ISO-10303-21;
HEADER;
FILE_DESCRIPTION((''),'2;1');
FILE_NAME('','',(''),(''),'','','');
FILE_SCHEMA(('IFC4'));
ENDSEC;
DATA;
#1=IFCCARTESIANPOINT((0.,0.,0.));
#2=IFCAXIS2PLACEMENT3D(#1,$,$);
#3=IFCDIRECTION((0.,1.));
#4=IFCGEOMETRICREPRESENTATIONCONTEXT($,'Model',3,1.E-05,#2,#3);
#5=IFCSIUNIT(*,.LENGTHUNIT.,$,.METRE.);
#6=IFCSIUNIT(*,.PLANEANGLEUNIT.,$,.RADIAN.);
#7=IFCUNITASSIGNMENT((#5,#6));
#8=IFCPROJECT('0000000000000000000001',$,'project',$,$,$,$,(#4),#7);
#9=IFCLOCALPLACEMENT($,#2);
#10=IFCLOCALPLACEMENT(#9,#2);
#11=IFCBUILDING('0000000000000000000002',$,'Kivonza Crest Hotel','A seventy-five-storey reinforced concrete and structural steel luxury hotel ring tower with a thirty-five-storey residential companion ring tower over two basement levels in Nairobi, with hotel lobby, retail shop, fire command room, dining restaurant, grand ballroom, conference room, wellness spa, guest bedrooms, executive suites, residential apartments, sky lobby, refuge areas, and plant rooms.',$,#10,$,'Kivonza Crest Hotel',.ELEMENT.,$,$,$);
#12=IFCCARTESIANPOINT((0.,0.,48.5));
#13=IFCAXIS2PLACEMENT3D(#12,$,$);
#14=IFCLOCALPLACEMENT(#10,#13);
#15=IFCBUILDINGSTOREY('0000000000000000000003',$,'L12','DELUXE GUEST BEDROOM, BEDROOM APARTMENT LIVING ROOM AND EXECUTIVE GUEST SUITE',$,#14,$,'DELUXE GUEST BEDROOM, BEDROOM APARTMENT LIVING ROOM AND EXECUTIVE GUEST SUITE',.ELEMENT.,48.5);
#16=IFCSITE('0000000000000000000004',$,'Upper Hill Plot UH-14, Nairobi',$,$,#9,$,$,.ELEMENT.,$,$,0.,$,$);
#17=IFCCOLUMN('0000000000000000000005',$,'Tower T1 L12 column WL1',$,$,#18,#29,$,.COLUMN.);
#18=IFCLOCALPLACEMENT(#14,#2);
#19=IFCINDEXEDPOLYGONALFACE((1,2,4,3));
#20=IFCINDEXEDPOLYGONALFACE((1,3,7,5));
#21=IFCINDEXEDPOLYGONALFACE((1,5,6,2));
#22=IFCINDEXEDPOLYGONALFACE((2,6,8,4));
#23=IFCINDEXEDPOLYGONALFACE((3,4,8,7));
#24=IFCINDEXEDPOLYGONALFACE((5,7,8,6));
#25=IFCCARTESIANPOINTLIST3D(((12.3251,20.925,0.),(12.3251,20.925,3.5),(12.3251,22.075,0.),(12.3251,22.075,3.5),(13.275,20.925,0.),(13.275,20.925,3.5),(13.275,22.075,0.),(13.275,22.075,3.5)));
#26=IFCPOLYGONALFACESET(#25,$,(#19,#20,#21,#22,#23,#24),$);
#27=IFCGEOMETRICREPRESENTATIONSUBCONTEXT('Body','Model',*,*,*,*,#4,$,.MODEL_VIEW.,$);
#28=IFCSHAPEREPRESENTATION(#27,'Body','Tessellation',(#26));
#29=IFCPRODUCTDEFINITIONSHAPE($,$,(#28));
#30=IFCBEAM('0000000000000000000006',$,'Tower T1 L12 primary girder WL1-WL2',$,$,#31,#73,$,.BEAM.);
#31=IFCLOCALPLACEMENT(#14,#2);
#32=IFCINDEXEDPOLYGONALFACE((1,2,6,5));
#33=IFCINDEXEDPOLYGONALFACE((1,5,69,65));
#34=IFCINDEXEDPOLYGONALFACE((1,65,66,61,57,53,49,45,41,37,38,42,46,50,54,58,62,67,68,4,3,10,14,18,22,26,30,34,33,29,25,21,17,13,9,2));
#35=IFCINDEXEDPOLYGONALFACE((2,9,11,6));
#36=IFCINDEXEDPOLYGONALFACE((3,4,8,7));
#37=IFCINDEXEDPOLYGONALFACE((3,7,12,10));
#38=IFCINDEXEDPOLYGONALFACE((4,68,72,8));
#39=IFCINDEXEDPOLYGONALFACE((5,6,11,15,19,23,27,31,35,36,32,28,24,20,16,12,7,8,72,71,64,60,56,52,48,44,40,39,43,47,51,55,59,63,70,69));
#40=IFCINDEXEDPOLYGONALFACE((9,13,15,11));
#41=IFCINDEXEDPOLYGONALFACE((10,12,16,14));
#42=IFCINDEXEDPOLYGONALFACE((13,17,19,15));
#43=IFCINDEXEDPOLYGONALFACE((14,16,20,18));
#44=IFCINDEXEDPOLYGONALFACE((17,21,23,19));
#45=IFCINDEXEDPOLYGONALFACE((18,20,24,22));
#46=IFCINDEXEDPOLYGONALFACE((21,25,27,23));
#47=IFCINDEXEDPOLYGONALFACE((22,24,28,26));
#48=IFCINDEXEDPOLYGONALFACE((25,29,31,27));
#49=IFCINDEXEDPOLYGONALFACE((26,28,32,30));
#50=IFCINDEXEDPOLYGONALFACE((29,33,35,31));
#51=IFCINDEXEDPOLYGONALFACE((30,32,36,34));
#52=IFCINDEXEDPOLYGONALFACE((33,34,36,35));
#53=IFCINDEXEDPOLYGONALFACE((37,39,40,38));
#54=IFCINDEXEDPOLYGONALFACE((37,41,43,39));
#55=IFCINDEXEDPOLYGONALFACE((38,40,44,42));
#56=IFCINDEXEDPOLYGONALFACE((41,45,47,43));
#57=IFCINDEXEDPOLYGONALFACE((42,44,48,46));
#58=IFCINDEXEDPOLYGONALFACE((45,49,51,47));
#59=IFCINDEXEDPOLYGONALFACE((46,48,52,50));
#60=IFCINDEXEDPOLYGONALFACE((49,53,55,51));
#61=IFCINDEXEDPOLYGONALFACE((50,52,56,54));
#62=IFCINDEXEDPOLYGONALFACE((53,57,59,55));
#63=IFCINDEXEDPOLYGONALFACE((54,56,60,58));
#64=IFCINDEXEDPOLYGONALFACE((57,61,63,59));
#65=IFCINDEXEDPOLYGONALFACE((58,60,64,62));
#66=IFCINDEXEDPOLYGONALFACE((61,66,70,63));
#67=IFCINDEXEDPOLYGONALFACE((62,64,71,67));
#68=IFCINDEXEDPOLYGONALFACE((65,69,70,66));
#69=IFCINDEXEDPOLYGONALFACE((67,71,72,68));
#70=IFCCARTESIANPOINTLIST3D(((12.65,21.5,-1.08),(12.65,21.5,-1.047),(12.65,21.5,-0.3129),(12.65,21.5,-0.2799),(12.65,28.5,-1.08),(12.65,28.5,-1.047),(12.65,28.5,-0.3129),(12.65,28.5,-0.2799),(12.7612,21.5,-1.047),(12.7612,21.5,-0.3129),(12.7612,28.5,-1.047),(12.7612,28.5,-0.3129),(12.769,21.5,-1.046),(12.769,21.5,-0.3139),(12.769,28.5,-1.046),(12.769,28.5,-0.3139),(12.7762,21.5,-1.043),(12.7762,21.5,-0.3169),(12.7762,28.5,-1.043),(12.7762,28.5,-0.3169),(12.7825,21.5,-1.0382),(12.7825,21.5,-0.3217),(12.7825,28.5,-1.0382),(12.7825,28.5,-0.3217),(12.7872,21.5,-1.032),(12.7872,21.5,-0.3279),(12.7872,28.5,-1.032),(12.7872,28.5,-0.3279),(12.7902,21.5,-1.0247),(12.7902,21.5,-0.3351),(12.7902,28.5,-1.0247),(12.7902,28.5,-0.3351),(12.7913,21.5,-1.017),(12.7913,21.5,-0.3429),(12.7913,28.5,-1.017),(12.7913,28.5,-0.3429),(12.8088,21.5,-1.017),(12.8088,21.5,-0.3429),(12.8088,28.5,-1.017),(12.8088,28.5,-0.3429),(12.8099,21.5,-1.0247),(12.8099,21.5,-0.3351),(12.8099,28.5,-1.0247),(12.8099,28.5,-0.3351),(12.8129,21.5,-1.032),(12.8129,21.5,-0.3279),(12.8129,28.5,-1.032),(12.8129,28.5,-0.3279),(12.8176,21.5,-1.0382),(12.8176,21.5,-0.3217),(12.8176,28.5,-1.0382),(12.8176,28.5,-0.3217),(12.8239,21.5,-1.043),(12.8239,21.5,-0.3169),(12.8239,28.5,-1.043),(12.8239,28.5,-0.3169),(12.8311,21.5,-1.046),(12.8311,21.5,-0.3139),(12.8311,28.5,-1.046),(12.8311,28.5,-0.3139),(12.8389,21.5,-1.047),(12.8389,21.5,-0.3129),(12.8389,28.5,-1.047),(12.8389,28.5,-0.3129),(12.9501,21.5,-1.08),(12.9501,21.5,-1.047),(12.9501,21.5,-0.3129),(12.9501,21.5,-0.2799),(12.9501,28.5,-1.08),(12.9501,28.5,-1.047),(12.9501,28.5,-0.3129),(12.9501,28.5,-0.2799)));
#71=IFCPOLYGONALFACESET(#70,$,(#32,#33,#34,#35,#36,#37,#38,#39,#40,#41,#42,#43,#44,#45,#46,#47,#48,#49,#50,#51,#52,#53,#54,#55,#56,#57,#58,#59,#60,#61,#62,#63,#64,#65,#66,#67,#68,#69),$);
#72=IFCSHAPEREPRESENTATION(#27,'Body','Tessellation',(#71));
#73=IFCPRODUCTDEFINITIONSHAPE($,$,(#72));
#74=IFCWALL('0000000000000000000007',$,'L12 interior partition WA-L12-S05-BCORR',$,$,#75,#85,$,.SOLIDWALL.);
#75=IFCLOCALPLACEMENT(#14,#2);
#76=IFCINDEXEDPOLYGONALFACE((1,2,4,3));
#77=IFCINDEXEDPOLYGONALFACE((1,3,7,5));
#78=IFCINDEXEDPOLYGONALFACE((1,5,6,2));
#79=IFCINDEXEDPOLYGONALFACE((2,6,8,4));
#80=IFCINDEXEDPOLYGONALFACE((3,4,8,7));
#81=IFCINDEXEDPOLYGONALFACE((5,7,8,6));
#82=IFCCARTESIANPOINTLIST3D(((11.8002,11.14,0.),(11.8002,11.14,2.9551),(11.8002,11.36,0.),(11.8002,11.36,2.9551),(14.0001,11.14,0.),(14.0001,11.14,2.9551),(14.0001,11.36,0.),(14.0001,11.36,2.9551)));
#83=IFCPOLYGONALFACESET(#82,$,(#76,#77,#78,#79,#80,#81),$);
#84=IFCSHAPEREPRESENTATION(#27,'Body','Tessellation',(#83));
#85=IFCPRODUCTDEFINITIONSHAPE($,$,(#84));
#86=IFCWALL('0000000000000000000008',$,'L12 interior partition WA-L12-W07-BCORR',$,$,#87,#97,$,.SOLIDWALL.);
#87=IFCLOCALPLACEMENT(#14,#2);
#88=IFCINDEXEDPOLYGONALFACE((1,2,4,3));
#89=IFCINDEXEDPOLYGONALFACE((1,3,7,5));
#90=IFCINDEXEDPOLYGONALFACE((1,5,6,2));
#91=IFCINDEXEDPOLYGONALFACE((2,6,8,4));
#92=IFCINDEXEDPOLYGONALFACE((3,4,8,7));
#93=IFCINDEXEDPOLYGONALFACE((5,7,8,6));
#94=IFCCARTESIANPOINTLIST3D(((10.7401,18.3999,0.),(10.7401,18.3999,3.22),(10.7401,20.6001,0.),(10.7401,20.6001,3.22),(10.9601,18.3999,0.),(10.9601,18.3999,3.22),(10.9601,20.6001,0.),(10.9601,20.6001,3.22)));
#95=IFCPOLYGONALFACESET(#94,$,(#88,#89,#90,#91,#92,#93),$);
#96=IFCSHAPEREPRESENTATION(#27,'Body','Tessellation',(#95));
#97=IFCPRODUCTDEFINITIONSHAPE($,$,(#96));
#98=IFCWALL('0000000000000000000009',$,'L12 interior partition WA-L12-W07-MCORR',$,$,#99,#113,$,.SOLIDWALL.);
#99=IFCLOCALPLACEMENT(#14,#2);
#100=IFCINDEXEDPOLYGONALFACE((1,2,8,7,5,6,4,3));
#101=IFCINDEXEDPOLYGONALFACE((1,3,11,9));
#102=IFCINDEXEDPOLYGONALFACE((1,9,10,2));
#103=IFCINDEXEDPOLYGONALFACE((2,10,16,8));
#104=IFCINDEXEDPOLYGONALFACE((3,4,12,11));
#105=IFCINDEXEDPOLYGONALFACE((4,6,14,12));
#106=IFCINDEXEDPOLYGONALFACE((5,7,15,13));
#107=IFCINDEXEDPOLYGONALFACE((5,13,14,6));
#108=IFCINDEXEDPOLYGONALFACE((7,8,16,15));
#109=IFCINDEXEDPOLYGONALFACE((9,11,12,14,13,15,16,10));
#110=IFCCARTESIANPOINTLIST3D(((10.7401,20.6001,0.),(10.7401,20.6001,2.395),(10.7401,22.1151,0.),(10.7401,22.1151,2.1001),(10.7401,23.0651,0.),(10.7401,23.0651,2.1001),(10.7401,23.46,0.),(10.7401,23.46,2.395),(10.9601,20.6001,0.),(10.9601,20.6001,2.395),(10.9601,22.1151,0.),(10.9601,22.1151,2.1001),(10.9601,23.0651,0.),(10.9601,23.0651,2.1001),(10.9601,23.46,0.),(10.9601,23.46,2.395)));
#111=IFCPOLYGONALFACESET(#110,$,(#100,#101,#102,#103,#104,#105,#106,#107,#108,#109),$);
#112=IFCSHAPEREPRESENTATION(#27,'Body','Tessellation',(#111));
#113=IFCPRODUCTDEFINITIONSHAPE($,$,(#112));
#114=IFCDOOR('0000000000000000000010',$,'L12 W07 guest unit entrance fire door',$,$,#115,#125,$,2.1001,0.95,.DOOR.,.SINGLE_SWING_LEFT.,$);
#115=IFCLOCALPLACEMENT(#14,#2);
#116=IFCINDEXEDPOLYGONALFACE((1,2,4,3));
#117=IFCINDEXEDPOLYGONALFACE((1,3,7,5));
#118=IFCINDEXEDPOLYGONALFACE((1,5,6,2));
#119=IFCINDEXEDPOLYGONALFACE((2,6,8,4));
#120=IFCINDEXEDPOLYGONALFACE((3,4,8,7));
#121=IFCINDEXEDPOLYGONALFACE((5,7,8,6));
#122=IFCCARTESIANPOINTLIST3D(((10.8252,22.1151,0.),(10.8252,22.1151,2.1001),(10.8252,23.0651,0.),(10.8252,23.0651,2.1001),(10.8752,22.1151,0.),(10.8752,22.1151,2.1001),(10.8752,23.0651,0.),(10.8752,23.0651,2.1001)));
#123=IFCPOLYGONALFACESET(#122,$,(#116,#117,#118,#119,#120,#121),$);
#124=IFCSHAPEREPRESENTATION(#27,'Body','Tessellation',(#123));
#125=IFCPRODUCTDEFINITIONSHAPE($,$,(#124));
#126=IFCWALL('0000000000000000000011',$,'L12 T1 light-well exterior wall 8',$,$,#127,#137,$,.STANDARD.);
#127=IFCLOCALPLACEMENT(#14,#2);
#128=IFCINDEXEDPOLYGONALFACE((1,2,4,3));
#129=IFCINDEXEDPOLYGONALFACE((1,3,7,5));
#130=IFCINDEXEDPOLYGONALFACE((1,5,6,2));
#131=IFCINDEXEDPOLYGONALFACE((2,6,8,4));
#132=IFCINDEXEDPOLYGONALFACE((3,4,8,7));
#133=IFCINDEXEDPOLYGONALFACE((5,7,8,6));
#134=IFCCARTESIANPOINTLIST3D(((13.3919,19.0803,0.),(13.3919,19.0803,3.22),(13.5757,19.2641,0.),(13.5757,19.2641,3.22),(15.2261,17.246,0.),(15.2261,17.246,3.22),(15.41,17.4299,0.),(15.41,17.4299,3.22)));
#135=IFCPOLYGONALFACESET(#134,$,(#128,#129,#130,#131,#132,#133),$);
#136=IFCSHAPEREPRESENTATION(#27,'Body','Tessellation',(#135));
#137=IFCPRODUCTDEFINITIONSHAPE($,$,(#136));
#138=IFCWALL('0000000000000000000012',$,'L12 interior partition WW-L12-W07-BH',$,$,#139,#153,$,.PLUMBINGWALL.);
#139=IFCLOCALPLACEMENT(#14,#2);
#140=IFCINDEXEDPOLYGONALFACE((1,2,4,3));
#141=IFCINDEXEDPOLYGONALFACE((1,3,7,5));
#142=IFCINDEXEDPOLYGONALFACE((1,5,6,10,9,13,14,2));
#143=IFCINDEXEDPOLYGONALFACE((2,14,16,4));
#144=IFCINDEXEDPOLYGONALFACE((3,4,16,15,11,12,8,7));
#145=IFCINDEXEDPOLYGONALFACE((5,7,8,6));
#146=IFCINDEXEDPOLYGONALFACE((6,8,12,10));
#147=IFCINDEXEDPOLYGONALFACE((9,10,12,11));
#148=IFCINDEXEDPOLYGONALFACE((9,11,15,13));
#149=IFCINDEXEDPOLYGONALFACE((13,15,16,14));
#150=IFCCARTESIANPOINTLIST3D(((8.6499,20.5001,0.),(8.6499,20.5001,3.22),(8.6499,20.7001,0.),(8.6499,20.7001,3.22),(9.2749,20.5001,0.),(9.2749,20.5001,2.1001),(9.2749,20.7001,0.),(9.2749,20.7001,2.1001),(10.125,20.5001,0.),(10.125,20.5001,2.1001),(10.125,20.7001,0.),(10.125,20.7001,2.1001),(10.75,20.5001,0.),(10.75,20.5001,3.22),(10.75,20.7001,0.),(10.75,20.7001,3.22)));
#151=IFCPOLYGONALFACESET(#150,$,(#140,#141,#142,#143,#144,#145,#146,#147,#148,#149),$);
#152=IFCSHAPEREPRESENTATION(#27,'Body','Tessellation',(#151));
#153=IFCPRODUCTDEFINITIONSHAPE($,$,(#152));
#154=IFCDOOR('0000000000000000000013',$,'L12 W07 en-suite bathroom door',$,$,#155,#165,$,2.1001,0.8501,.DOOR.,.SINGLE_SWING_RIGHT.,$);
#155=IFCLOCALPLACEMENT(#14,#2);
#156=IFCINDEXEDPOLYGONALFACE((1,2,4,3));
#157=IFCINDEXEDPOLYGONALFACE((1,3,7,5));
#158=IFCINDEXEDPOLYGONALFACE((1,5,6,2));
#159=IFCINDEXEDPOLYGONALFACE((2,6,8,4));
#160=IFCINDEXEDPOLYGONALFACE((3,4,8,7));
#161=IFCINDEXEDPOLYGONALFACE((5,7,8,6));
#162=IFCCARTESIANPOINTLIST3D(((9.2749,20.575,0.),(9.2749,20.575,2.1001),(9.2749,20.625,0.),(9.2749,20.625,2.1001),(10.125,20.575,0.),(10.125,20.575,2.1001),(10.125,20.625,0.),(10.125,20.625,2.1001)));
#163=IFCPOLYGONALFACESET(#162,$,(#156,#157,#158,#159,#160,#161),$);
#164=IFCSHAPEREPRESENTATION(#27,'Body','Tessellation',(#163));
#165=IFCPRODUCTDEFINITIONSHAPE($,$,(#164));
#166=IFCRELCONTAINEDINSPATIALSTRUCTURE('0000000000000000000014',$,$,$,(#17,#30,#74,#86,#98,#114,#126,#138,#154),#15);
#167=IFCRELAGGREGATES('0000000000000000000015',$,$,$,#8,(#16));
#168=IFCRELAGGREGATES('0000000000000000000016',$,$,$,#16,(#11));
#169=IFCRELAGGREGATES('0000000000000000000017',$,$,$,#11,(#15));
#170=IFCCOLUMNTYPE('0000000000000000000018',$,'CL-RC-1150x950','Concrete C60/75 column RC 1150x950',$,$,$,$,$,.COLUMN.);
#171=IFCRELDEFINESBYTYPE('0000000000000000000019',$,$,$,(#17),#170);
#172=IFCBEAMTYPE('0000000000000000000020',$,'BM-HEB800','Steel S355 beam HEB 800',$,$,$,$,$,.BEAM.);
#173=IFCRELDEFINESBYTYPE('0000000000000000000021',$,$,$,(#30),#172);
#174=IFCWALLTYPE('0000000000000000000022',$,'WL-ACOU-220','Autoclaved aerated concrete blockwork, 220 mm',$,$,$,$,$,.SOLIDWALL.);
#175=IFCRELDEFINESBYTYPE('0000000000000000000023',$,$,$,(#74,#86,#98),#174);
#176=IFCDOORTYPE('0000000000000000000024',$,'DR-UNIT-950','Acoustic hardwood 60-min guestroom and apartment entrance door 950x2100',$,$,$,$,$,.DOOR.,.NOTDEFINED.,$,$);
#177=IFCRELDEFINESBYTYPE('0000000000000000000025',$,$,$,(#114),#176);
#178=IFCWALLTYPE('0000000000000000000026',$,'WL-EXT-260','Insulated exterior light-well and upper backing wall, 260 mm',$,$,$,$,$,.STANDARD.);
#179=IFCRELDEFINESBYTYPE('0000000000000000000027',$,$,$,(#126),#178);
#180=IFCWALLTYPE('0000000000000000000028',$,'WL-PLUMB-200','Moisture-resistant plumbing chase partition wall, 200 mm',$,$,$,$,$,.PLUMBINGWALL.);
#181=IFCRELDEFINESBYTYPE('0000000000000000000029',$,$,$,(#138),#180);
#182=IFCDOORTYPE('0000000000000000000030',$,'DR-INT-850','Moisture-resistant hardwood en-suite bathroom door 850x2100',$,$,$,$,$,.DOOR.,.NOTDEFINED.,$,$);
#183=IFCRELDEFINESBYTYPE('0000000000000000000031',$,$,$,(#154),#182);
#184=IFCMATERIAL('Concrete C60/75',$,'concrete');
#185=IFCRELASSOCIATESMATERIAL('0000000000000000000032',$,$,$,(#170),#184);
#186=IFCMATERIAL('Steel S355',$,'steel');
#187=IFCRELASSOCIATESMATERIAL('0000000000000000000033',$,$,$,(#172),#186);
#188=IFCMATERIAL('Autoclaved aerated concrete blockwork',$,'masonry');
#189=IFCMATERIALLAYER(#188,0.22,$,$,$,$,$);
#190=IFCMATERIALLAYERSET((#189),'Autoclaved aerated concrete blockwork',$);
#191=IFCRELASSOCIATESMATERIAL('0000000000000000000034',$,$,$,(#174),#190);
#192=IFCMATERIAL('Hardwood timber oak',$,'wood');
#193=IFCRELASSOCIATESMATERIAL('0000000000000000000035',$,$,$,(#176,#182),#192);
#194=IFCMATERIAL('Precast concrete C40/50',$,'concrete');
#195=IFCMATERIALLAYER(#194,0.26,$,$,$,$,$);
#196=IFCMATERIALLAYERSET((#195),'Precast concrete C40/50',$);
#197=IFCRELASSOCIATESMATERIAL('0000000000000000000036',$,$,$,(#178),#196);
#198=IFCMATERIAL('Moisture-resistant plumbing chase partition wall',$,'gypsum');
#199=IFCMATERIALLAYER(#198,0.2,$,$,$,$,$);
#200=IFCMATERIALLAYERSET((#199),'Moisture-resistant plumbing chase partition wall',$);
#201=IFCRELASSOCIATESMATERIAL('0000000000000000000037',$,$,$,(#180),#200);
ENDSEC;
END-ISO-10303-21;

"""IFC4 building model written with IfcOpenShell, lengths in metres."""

from ifc_helpers import new_model, si_unit, direction, frame, frame_2d, origin, origin_2d, place, context, subcontext, project, spatial, rectangle, i_section, extrude, material, layer, layer_set, material_profile, profile_set, type_object, element, fill, save


model = new_model("IFC4")

# Units and contexts
model_context = context("Model", 3, precision=1e-05, world=origin(), true_north=direction((0.0, 1.0)))
body_context = subcontext(model_context, "Body", "Model", "MODEL_VIEW")
ifc_project = project(units=[si_unit("LENGTHUNIT", "METRE"), si_unit("PLANEANGLEUNIT", "RADIAN")], contexts=[model_context])

# Site, building, storey
site_placement = place(None, origin())
site = spatial("IfcSite", under=ifc_project, at=site_placement, Name="Upper Hill Plot UH-14, Nairobi", CompositionType="ELEMENT", RefElevation=0.0)
building_placement = place(site_placement, origin())
building = spatial("IfcBuilding", under=site, at=building_placement, Name="Kivonza Crest Hotel", Description="A seventy-five-storey reinforced concrete and structural steel luxury hotel ring tower with a thirty-five-storey residential companion ring tower over two basement levels in Nairobi, with hotel lobby, retail shop, fire command room, dining restaurant, grand ballroom, conference room, wellness spa, guest bedrooms, executive suites, residential apartments, sky lobby, refuge areas, and plant rooms.", LongName="Kivonza Crest Hotel", CompositionType="ELEMENT")
storey_placement = place(building_placement, frame((0.0, 0.0, 48.5)))
storey = spatial("IfcBuildingStorey", under=building, at=storey_placement, Name="L12", Description="DELUXE GUEST BEDROOM, BEDROOM APARTMENT LIVING ROOM AND EXECUTIVE GUEST SUITE", LongName="DELUXE GUEST BEDROOM, BEDROOM APARTMENT LIVING ROOM AND EXECUTIVE GUEST SUITE", CompositionType="ELEMENT", Elevation=48.5)

# Column
ifc_material_1 = material(Name="Concrete C60/75", Category="concrete")
ifc_material_profile_1 = material_profile(ifc_material_1, rectangle(XDim=0.95, YDim=1.1499, at=origin_2d()), Name="RC 1150x950")
ifc_profile_set_1 = profile_set([ifc_material_profile_1], Name="Concrete C60/75")
column_type = type_object("IfcColumnType", Name="CL-RC-1150x950", Description="Concrete C60/75 column RC 1150x950", PredefinedType="COLUMN", material=ifc_profile_set_1)
column_placement = place(storey_placement, frame((12.8, 21.5, 0.0), z_axis=(0.0, 0.0, 1.0), x_axis=(1.0, 0.0, 0.0)))
element("IfcColumn", 1, at=column_placement, inside=storey, type_object=column_type, Name="Tower T1 L12 column WL1", PredefinedType="COLUMN", context=body_context, shape_type="SweptSolid", body=[
    extrude(rectangle(XDim=0.95, YDim=1.1499, at=origin_2d()), origin(), (0.0, 0.0, 1.0), 3.5),
])

# Beam
ifc_material_2 = material(Name="Steel S355", Category="steel")
ifc_material_profile_2 = material_profile(ifc_material_2, i_section(OverallWidth=0.3, OverallDepth=0.8, WebThickness=0.0176, FlangeThickness=0.033, FilletRadius=0.03, at=origin_2d()), Name="HEB 800")
ifc_profile_set_2 = profile_set([ifc_material_profile_2], Name="Steel S355")
beam_type = type_object("IfcBeamType", Name="BM-HEB800", Description="Steel S355 beam HEB 800", PredefinedType="BEAM", material=ifc_profile_set_2)
beam_placement = place(storey_placement, frame((12.8, 21.5, -0.6799), z_axis=(0.0, 1.0, 0.0), x_axis=(-1.0, 0.0, 0.0)))
element("IfcBeam", 2, at=beam_placement, inside=storey, type_object=beam_type, Name="Tower T1 L12 primary girder WL1-WL2", PredefinedType="BEAM", context=body_context, shape_type="SweptSolid", body=[
    extrude(i_section(OverallWidth=0.3, OverallDepth=0.8, WebThickness=0.0176, FlangeThickness=0.033, FilletRadius=0.03, at=origin_2d()), origin(), (0.0, 0.0, 1.0), 7.0),
])

# Walls
ifc_material_3 = material(Name="Autoclaved aerated concrete blockwork", Category="masonry")
ifc_layer_1 = layer(ifc_material_3, 0.22)
ifc_layer_set_1 = layer_set([ifc_layer_1], Name="Autoclaved aerated concrete blockwork")
wall_type_1 = type_object("IfcWallType", Name="WL-ACOU-220", Description="Autoclaved aerated concrete blockwork, 220 mm", PredefinedType="SOLIDWALL", material=ifc_layer_set_1)
wall_1_placement = place(storey_placement, frame((11.8, 11.25, 0.0), z_axis=(0.0, 0.0, 1.0), x_axis=(1.0, 0.0, 0.0)))
element("IfcWall", 3, at=wall_1_placement, inside=storey, type_object=wall_type_1, Name="L12 interior partition WA-L12-S05-BCORR", PredefinedType="SOLIDWALL", context=body_context, shape_type="SweptSolid", body=[
    extrude(rectangle(XDim=2.2, YDim=0.22, at=frame_2d((1.1001, 0.0))), origin(), (0.0, 0.0, 1.0), 2.9551),
])
wall_2_placement = place(storey_placement, frame((10.8501, 18.3999, 0.0), z_axis=(0.0, 0.0, 1.0), x_axis=(0.0, 1.0, 0.0)))
element("IfcWall", 4, at=wall_2_placement, inside=storey, type_object=wall_type_1, Name="L12 interior partition WA-L12-W07-BCORR", PredefinedType="SOLIDWALL", context=body_context, shape_type="SweptSolid", body=[
    extrude(rectangle(XDim=2.2002, YDim=0.22, at=frame_2d((1.1001, 0.0))), origin(), (0.0, 0.0, 1.0), 3.22),
])

# Wall, opening, door
wall_3_placement = place(storey_placement, frame((10.8501, 20.6001, 0.0), z_axis=(0.0, 0.0, 1.0), x_axis=(0.0, 1.0, 0.0)))
wall_3 = element("IfcWall", 5, at=wall_3_placement, inside=storey, type_object=wall_type_1, Name="L12 interior partition WA-L12-W07-MCORR", PredefinedType="SOLIDWALL", context=body_context, shape_type="SweptSolid", body=[
    extrude(rectangle(XDim=2.8599, YDim=0.22, at=frame_2d((1.4299, 0.0))), origin(), (0.0, 0.0, 1.0), 2.395),
])
opening_1_placement = place(wall_3_placement, frame((1.5149, 0.0, 0.0)))
opening_1 = element("IfcOpeningElement", 6, at=opening_1_placement, cuts=wall_3, PredefinedType="OPENING", context=body_context, shape_type="SweptSolid", body=[
    extrude(rectangle(XDim=0.95, YDim=2.1001, at=frame_2d((0.4751, 1.05))), frame((0.0, 0.1201, 0.0), z_axis=(0.0, -1.0, 0.0), x_axis=(1.0, 0.0, 0.0)), (0.0, 0.0, 1.0), 0.24),
])
ifc_material_4 = material(Name="Hardwood timber oak", Category="wood")
door_type_1 = type_object("IfcDoorType", Name="DR-UNIT-950", Description="Acoustic hardwood 60-min guestroom and apartment entrance door 950x2100", OperationType="NOTDEFINED", PredefinedType="DOOR", material=ifc_material_4)
door_1_placement = place(opening_1_placement, origin())
door_1 = element("IfcDoor", 7, at=door_1_placement, inside=storey, type_object=door_type_1, Name="L12 W07 guest unit entrance fire door", OperationType="SINGLE_SWING_LEFT", OverallHeight=2.1001, OverallWidth=0.95, PredefinedType="DOOR", context=body_context, shape_type="SweptSolid", body=[
    extrude(rectangle(XDim=0.95, YDim=2.1001, at=frame_2d((0.4751, 1.05))), frame((0.0, 0.0249, 0.0), z_axis=(0.0, -1.0, 0.0), x_axis=(1.0, 0.0, 0.0)), (0.0, 0.0, 1.0), 0.05),
])
fill(opening_1, door_1)

# Wall
ifc_material_5 = material(Name="Precast concrete C40/50", Category="concrete")
ifc_layer_2 = layer(ifc_material_5, 0.26)
ifc_layer_set_2 = layer_set([ifc_layer_2], Name="Precast concrete C40/50")
wall_type_2 = type_object("IfcWallType", Name="WL-EXT-260", Description="Insulated exterior light-well and upper backing wall, 260 mm", PredefinedType="STANDARD", material=ifc_layer_set_2)
wall_4_placement = place(storey_placement, frame((13.4839, 19.1721, 0.0), z_axis=(0.0, 0.0, 1.0), x_axis=(0.707107, -0.707107, 0.0)))
element("IfcWall", 8, at=wall_4_placement, inside=storey, type_object=wall_type_2, Name="L12 T1 light-well exterior wall 8", PredefinedType="STANDARD", context=body_context, shape_type="SweptSolid", body=[
    extrude(rectangle(XDim=2.594, YDim=0.26, at=frame_2d((1.2969, 0.0))), origin(), (0.0, 0.0, 1.0), 3.22),
])

# Wall, opening, door
ifc_material_6 = material(Name="Moisture-resistant plumbing chase partition wall", Category="gypsum")
ifc_layer_3 = layer(ifc_material_6, 0.2)
ifc_layer_set_3 = layer_set([ifc_layer_3], Name="Moisture-resistant plumbing chase partition wall")
wall_type_3 = type_object("IfcWallType", Name="WL-PLUMB-200", Description="Moisture-resistant plumbing chase partition wall, 200 mm", PredefinedType="PLUMBINGWALL", material=ifc_layer_set_3)
wall_5_placement = place(storey_placement, frame((8.6499, 20.6001, 0.0), z_axis=(0.0, 0.0, 1.0), x_axis=(1.0, 0.0, 0.0)))
wall_5 = element("IfcWall", 9, at=wall_5_placement, inside=storey, type_object=wall_type_3, Name="L12 interior partition WW-L12-W07-BH", PredefinedType="PLUMBINGWALL", context=body_context, shape_type="SweptSolid", body=[
    extrude(rectangle(XDim=2.1001, YDim=0.2, at=frame_2d((1.05, 0.0))), origin(), (0.0, 0.0, 1.0), 3.22),
])
opening_2_placement = place(wall_5_placement, frame((0.625, 0.0, 0.0)))
opening_2 = element("IfcOpeningElement", 10, at=opening_2_placement, cuts=wall_5, PredefinedType="OPENING", context=body_context, shape_type="SweptSolid", body=[
    extrude(rectangle(XDim=0.8501, YDim=2.1001, at=frame_2d((0.425, 1.05))), frame((0.0, 0.1099, 0.0), z_axis=(0.0, -1.0, 0.0), x_axis=(1.0, 0.0, 0.0)), (0.0, 0.0, 1.0), 0.22),
])
door_type_2 = type_object("IfcDoorType", Name="DR-INT-850", Description="Moisture-resistant hardwood en-suite bathroom door 850x2100", OperationType="NOTDEFINED", PredefinedType="DOOR", material=ifc_material_4)
door_2_placement = place(opening_2_placement, origin())
door_2 = element("IfcDoor", 11, at=door_2_placement, inside=storey, type_object=door_type_2, Name="L12 W07 en-suite bathroom door", OperationType="SINGLE_SWING_RIGHT", OverallHeight=2.1001, OverallWidth=0.8501, PredefinedType="DOOR", context=body_context, shape_type="SweptSolid", body=[
    extrude(rectangle(XDim=0.8501, YDim=2.1001, at=frame_2d((0.425, 1.05))), frame((0.0, 0.0249, 0.0), z_axis=(0.0, -1.0, 0.0), x_axis=(1.0, 0.0, 0.0)), (0.0, 0.0, 1.0), 0.05),
])
fill(opening_2, door_2)

save(model, "model.ifc")
